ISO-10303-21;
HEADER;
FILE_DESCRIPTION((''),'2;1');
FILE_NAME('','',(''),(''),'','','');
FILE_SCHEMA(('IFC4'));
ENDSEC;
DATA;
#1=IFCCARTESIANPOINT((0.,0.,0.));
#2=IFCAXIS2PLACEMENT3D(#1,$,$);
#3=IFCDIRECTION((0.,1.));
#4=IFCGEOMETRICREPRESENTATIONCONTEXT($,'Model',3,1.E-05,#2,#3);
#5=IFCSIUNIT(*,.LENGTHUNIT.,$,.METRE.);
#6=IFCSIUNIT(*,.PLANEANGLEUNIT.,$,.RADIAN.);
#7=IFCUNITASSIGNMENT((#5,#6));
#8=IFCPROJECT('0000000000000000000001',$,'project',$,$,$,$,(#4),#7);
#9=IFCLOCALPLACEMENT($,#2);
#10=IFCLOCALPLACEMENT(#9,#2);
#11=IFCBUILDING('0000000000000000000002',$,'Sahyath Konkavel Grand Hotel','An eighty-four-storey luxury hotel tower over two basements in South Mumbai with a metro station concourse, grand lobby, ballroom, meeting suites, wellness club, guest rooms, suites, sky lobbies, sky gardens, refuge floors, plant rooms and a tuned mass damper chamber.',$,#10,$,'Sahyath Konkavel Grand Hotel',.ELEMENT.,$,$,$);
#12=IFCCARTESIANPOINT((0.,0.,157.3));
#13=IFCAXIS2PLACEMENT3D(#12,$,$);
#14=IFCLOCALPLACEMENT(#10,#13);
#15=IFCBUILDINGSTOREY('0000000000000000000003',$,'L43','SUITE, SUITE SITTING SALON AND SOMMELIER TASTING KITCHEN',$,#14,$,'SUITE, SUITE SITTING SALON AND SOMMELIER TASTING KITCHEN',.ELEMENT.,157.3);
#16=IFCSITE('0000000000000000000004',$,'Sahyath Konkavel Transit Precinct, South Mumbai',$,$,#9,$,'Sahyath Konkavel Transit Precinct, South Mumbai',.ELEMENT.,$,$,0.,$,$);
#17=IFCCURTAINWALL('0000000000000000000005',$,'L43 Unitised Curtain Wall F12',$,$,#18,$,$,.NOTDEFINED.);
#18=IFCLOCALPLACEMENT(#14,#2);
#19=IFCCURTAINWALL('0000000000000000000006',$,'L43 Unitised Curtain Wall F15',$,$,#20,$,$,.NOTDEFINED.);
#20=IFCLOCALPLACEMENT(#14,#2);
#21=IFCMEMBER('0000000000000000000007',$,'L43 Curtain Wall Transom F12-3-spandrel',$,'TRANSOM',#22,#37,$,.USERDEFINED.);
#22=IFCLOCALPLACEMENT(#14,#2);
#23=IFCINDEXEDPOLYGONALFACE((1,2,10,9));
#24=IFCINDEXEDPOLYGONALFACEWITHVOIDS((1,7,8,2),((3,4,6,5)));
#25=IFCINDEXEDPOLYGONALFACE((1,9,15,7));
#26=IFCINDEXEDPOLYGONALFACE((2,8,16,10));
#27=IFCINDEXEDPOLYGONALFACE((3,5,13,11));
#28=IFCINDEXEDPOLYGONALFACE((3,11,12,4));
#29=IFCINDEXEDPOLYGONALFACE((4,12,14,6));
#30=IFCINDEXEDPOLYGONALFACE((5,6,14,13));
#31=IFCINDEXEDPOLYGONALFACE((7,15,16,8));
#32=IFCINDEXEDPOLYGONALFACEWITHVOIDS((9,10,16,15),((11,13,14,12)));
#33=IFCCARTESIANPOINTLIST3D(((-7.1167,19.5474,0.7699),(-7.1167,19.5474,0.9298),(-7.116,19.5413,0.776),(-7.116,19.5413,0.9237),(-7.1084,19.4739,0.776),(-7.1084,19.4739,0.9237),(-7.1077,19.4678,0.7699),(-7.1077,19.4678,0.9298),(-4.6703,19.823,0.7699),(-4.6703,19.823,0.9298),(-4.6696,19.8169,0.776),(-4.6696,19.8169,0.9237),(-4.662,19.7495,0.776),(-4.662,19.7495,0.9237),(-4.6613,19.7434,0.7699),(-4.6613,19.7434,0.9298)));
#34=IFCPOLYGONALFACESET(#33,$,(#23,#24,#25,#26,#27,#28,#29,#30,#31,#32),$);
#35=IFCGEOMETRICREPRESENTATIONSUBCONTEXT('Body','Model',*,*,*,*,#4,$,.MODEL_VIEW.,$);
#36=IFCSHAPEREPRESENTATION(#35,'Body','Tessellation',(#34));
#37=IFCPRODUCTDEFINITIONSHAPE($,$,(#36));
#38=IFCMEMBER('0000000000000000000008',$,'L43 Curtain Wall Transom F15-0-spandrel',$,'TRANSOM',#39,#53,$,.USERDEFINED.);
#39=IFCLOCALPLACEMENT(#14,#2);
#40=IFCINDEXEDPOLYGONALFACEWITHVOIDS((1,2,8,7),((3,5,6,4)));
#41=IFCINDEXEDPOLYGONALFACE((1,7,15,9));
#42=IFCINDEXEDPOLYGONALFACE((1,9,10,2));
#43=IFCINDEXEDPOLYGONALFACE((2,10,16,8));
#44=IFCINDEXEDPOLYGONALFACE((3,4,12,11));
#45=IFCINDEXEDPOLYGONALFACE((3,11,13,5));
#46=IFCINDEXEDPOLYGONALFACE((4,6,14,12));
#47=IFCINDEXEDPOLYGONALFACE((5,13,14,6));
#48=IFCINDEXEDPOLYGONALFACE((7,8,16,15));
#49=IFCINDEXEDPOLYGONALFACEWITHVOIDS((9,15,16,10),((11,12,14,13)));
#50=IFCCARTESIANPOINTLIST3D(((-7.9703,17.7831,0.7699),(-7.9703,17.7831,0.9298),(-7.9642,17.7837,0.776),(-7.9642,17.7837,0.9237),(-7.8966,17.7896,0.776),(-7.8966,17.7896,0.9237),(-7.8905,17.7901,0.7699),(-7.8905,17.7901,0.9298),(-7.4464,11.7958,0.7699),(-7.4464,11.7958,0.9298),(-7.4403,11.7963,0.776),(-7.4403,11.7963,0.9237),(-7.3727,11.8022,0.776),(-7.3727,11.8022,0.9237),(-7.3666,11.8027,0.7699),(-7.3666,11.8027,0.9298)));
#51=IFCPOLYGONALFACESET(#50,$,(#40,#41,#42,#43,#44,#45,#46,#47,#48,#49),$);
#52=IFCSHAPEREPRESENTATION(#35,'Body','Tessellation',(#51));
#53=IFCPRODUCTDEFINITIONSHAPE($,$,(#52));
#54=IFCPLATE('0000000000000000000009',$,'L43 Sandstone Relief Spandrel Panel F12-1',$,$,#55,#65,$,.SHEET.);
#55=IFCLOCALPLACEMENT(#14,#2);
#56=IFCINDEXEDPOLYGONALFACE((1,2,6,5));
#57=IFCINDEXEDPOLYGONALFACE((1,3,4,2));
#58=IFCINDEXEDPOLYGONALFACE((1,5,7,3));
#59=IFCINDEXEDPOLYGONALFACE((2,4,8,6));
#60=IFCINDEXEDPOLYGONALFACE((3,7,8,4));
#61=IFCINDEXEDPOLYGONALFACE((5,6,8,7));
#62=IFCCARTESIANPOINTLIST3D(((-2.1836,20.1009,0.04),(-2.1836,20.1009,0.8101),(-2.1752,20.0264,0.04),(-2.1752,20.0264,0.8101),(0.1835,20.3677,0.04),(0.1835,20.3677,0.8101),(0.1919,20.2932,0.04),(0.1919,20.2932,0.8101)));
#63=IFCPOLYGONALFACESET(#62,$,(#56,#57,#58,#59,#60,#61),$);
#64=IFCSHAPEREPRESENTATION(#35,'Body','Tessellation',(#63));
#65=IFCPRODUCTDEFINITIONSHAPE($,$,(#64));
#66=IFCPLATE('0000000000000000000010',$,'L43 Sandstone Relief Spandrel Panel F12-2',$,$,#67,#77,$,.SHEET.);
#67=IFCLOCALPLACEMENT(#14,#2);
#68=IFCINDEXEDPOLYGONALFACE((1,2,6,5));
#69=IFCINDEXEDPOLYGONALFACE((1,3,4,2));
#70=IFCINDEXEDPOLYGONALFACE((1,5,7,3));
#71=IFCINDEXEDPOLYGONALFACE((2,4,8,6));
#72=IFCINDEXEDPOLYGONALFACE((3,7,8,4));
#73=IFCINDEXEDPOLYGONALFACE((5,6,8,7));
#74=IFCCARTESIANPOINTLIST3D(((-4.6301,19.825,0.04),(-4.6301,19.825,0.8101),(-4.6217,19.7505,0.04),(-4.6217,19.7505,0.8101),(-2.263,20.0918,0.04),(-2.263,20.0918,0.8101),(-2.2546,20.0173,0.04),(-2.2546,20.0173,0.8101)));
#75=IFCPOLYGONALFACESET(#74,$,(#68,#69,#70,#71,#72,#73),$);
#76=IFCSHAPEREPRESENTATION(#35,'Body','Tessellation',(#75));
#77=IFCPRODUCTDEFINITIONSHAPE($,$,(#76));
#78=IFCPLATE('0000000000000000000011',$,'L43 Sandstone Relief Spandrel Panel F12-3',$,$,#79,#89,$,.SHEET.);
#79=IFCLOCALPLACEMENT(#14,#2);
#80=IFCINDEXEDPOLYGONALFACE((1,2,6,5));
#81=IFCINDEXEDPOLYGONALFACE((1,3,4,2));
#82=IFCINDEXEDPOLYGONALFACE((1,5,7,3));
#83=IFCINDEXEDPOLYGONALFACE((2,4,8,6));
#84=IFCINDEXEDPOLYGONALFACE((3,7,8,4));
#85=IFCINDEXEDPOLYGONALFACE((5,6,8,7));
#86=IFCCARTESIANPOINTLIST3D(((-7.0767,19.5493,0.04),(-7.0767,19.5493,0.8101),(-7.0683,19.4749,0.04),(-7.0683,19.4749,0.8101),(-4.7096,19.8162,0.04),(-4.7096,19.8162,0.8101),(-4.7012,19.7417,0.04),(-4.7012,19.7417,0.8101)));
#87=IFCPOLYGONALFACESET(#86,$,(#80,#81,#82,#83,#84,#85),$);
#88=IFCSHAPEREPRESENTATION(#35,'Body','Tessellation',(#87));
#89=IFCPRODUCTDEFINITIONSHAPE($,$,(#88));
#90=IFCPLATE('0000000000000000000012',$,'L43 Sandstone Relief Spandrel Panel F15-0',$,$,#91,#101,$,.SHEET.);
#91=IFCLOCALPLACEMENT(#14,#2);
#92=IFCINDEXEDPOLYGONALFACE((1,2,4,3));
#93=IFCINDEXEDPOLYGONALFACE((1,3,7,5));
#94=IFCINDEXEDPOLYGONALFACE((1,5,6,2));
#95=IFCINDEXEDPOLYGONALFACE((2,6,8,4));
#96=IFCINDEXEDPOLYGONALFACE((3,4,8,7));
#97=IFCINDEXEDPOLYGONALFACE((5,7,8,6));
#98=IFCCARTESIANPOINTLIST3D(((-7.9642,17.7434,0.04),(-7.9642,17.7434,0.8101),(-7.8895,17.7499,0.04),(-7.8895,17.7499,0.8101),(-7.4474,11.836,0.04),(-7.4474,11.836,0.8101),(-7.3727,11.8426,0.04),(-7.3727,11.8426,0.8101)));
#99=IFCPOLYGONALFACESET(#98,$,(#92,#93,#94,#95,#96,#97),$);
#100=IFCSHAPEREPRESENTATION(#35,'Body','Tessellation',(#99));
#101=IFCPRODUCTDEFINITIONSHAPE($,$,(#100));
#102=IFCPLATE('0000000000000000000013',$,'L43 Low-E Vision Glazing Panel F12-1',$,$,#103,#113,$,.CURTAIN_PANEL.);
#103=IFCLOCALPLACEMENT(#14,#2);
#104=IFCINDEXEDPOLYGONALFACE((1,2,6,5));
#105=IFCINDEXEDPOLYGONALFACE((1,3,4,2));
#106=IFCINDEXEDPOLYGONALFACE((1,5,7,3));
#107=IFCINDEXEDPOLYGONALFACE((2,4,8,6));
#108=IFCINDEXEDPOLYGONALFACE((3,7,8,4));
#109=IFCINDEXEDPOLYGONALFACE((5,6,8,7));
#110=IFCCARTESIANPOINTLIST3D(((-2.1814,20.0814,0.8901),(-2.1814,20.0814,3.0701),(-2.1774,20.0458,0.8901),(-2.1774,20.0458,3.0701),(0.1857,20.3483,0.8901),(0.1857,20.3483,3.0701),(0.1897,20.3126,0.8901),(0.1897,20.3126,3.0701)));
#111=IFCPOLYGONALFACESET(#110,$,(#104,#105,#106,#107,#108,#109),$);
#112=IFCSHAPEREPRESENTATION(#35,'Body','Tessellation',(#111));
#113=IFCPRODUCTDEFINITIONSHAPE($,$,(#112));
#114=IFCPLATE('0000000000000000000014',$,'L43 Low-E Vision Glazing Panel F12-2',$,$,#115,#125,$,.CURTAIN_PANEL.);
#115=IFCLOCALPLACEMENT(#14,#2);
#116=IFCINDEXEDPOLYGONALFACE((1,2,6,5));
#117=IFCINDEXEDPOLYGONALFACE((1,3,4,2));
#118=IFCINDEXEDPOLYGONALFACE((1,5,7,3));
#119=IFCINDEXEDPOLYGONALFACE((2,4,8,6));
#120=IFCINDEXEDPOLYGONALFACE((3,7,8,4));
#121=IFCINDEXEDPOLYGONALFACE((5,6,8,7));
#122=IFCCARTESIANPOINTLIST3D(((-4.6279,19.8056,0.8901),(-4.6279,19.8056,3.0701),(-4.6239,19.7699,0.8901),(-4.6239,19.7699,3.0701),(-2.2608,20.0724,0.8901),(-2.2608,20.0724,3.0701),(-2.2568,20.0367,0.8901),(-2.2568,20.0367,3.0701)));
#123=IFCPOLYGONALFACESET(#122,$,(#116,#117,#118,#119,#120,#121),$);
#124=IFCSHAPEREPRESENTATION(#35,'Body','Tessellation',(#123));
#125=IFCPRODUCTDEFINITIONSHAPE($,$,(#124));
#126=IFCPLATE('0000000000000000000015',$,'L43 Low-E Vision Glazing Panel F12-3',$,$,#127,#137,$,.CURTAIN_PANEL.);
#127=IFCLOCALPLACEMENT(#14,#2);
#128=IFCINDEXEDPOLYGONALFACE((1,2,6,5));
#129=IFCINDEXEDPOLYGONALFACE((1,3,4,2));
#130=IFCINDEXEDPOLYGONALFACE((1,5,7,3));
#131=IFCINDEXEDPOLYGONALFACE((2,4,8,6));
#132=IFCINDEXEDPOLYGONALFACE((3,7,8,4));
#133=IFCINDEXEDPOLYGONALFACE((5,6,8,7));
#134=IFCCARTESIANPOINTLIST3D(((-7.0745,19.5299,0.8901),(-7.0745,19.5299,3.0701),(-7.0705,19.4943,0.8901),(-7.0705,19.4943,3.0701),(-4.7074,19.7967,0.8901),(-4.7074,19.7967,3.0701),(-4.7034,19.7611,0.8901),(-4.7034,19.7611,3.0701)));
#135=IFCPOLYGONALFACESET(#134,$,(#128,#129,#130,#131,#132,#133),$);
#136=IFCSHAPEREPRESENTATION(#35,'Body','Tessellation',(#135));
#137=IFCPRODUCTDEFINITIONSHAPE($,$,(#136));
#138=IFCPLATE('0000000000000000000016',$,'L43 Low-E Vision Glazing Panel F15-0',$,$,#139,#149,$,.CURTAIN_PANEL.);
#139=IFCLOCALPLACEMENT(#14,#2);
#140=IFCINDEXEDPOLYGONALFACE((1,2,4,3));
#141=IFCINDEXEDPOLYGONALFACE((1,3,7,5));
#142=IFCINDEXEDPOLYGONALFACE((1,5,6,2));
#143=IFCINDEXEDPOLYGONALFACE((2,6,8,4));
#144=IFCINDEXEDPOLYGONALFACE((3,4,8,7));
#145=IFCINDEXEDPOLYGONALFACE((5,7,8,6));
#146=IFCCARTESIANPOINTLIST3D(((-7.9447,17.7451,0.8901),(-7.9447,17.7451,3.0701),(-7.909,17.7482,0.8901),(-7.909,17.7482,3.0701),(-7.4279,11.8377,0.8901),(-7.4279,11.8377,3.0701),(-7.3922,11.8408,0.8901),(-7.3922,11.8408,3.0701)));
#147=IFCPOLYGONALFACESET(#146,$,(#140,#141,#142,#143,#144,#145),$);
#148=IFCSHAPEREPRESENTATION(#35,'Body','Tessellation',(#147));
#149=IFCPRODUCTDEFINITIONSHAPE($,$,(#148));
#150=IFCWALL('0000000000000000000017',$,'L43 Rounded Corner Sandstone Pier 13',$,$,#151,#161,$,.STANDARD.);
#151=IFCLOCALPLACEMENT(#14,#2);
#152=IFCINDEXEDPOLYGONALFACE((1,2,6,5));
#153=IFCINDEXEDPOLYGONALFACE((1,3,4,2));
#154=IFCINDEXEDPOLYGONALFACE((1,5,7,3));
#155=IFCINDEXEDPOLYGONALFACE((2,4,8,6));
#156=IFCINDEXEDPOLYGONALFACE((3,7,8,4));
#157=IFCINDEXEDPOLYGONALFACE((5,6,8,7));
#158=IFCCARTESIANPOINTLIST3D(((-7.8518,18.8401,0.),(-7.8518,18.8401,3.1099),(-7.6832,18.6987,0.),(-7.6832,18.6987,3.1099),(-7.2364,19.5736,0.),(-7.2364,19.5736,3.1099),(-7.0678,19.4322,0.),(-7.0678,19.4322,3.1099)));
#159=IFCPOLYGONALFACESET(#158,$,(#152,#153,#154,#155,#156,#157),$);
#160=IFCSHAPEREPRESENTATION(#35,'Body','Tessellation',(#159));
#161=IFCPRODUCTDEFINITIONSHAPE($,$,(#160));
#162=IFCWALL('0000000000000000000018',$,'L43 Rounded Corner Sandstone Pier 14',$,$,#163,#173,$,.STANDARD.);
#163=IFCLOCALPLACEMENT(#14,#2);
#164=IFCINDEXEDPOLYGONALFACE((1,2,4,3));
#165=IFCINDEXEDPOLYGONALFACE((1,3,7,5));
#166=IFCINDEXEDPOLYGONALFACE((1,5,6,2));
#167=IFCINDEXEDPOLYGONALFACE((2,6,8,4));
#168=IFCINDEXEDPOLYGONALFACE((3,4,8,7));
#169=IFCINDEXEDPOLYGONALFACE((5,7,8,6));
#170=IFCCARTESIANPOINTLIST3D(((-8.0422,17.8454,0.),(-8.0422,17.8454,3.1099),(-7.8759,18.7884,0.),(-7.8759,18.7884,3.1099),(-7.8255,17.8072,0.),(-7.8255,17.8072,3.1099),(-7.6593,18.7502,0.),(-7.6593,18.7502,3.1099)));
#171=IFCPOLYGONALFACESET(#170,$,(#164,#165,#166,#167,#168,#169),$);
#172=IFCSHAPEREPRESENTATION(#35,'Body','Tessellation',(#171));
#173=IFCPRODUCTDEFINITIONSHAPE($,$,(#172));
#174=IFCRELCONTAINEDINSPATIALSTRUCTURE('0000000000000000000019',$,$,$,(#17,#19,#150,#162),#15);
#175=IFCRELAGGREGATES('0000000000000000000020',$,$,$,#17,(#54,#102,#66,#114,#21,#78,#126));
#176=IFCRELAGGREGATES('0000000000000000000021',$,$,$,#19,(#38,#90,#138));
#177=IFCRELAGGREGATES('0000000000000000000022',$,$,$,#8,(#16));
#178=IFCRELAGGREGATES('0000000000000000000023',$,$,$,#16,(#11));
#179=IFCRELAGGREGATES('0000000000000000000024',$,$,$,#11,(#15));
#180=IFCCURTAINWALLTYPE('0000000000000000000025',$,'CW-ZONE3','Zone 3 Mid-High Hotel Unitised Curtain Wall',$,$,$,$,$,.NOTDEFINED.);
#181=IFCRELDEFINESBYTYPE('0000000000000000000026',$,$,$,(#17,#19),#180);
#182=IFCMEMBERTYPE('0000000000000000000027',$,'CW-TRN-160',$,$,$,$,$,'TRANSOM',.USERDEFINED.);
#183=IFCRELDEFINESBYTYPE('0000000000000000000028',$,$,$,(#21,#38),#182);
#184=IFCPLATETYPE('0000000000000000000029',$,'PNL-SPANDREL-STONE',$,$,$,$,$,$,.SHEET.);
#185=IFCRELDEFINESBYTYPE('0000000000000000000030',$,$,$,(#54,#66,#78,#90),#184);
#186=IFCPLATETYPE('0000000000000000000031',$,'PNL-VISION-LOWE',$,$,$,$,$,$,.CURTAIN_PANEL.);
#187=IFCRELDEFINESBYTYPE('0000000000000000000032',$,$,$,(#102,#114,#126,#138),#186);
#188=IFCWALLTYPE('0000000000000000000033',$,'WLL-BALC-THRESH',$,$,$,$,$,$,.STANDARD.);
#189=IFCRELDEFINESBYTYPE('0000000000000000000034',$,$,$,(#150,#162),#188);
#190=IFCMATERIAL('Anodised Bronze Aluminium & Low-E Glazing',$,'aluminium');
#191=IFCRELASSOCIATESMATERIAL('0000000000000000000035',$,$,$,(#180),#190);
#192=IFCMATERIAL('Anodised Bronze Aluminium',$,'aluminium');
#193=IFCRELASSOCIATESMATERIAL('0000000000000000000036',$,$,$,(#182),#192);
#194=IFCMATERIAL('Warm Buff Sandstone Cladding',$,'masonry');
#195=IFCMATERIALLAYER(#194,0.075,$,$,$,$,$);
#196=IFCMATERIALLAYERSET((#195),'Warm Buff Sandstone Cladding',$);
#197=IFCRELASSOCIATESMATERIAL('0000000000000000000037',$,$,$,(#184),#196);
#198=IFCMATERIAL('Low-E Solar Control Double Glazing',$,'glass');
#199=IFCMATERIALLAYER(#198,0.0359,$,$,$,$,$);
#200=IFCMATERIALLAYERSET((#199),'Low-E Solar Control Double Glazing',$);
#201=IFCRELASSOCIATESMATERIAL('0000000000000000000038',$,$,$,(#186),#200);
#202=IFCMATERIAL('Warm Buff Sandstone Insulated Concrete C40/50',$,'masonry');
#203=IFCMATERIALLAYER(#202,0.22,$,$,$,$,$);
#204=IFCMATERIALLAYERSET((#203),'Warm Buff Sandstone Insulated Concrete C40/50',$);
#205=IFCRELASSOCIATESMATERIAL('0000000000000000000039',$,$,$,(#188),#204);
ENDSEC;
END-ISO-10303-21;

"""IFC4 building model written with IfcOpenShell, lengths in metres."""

from ifc_helpers import new_model, si_unit, direction, frame, frame_2d, origin, origin_2d, place, context, subcontext, project, spatial, rectangle, hollow_rectangle, extrude, source, transform, mapped, material, layer, layer_set, material_profile, profile_set, type_object, element, aggregate, save


model = new_model("IFC4")

# Units and contexts
model_context = context("Model", 3, precision=1e-05, world=origin(), true_north=direction((0.0, 1.0)))
body_context = subcontext(model_context, "Body", "Model", "MODEL_VIEW")
ifc_project = project(units=[si_unit("LENGTHUNIT", "METRE"), si_unit("PLANEANGLEUNIT", "RADIAN")], contexts=[model_context])

# Site, building, storey
site_placement = place(None, origin())
site = spatial("IfcSite", under=ifc_project, at=site_placement, Name="Sahyath Konkavel Transit Precinct, South Mumbai", LongName="Sahyath Konkavel Transit Precinct, South Mumbai", CompositionType="ELEMENT", RefElevation=0.0)
building_placement = place(site_placement, origin())
building = spatial("IfcBuilding", under=site, at=building_placement, Name="Sahyath Konkavel Grand Hotel", Description="An eighty-four-storey luxury hotel tower over two basements in South Mumbai with a metro station concourse, grand lobby, ballroom, meeting suites, wellness club, guest rooms, suites, sky lobbies, sky gardens, refuge floors, plant rooms and a tuned mass damper chamber.", LongName="Sahyath Konkavel Grand Hotel", CompositionType="ELEMENT")
storey_placement = place(building_placement, frame((0.0, 0.0, 157.3)))
storey = spatial("IfcBuildingStorey", under=building, at=storey_placement, Name="L43", Description="SUITE, SUITE SITTING SALON AND SOMMELIER TASTING KITCHEN", LongName="SUITE, SUITE SITTING SALON AND SOMMELIER TASTING KITCHEN", CompositionType="ELEMENT", Elevation=157.3)

# Curtain wall
ifc_material_1 = material(Name="Anodised Bronze Aluminium & Low-E Glazing", Category="aluminium")
curtain_wall_type = type_object("IfcCurtainWallType", Name="CW-ZONE3", Description="Zone 3 Mid-High Hotel Unitised Curtain Wall", PredefinedType="NOTDEFINED", material=ifc_material_1)
curtain_wall_1_placement = place(storey_placement, origin())
curtain_wall_1 = element("IfcCurtainWall", 1, at=curtain_wall_1_placement, inside=storey, type_object=curtain_wall_type, Name="L43 Unitised Curtain Wall F12", PredefinedType="NOTDEFINED")
ifc_material_2 = material(Name="Anodised Bronze Aluminium", Category="aluminium")

# Curtain wall
curtain_wall_2_placement = place(storey_placement, origin())
curtain_wall_2 = element("IfcCurtainWall", 2, at=curtain_wall_2_placement, inside=storey, type_object=curtain_wall_type, Name="L43 Unitised Curtain Wall F15", PredefinedType="NOTDEFINED")

# Members
ifc_material_profile_1 = material_profile(ifc_material_2, hollow_rectangle(XDim=0.0801, YDim=0.1599, WallThickness=0.0061, at=origin_2d()), Name="RHS 160x80x6")
ifc_profile_set_1 = profile_set([ifc_material_profile_1], Name="Anodised Bronze Aluminium")
member_type_1 = type_object("IfcMemberType", Name="CW-TRN-160", ElementType="TRANSOM", PredefinedType="USERDEFINED", material=ifc_profile_set_1)
shared_shape_1 = source(origin(), body_context, "Body", "SweptSolid", [
    extrude(hollow_rectangle(XDim=0.0801, YDim=0.1599, WallThickness=0.0061, at=origin_2d()), origin(), (0.0, 0.0, 1.0), 2.4619),
])
member_1_placement = place(storey_placement, frame((-4.6658, 19.7832, 0.8499), z_axis=(-0.993713, -0.111955, 0.0), x_axis=(0.111955, -0.993713, 0.0)))
member_1 = element("IfcMember", 3, at=member_1_placement, type_object=member_type_1, Name="L43 Curtain Wall Transom F12-3-spandrel", ObjectType="TRANSOM", PredefinedType="USERDEFINED", context=body_context, shape_type="MappedRepresentation", body=[
    mapped(shared_shape_1, transform((0.0, 0.0, 0.0), scale=1.0)),
])
shared_shape_2 = source(origin(), body_context, "Body", "SweptSolid", [
    extrude(hollow_rectangle(XDim=0.0801, YDim=0.1599, WallThickness=0.0061, at=origin_2d()), origin(), (0.0, 0.0, 1.0), 6.0103),
])
member_2_placement = place(storey_placement, frame((-7.9304, 17.7866, 0.8499), z_axis=(0.087173, -0.996193, 0.0), x_axis=(0.996193, 0.087173, 0.0)))
member_2 = element("IfcMember", 4, at=member_2_placement, type_object=member_type_1, Name="L43 Curtain Wall Transom F15-0-spandrel", ObjectType="TRANSOM", PredefinedType="USERDEFINED", context=body_context, shape_type="MappedRepresentation", body=[
    mapped(shared_shape_2, transform((0.0, 0.0, 0.0), scale=1.0)),
])

# Plates
ifc_material_3 = material(Name="Warm Buff Sandstone Cladding", Category="masonry")
ifc_layer_1 = layer(ifc_material_3, 0.075)
ifc_layer_set_1 = layer_set([ifc_layer_1], Name="Warm Buff Sandstone Cladding")
plate_type_1 = type_object("IfcPlateType", Name="PNL-SPANDREL-STONE", PredefinedType="SHEET", material=ifc_layer_set_1)
shared_shape_3 = source(origin(), body_context, "Body", "SweptSolid", [
    extrude(rectangle(XDim=2.3821, YDim=0.075, at=origin_2d()), origin(), (0.0, 0.0, 1.0), 0.77),
])
plate_1_placement = place(storey_placement, frame((-0.9958, 20.197, 0.04), z_axis=(0.0, 0.0, 1.0), x_axis=(-0.993707, -0.112007, 0.0)))
plate_1 = element("IfcPlate", 5, at=plate_1_placement, type_object=plate_type_1, Name="L43 Sandstone Relief Spandrel Panel F12-1", PredefinedType="SHEET", context=body_context, shape_type="MappedRepresentation", body=[
    mapped(shared_shape_3, transform((0.0, 0.0, 0.0), scale=1.0)),
])
plate_2_placement = place(storey_placement, frame((-3.4424, 19.9211, 0.04), z_axis=(0.0, 0.0, 1.0), x_axis=(-0.993707, -0.112007, 0.0)))
plate_2 = element("IfcPlate", 6, at=plate_2_placement, type_object=plate_type_1, Name="L43 Sandstone Relief Spandrel Panel F12-2", PredefinedType="SHEET", context=body_context, shape_type="MappedRepresentation", body=[
    mapped(shared_shape_3, transform((0.0, 0.0, 0.0), scale=1.0)),
])
plate_3_placement = place(storey_placement, frame((-5.8889, 19.6455, 0.04), z_axis=(0.0, 0.0, 1.0), x_axis=(-0.993707, -0.112007, 0.0)))
plate_3 = element("IfcPlate", 7, at=plate_3_placement, type_object=plate_type_1, Name="L43 Sandstone Relief Spandrel Panel F12-3", PredefinedType="SHEET", context=body_context, shape_type="MappedRepresentation", body=[
    mapped(shared_shape_3, transform((0.0, 0.0, 0.0), scale=1.0)),
])
shared_shape_4 = source(origin(), body_context, "Body", "SweptSolid", [
    extrude(rectangle(XDim=5.9299, YDim=0.075, at=origin_2d()), origin(), (0.0, 0.0, 1.0), 0.77),
])
plate_4_placement = place(storey_placement, frame((-7.6685, 14.793, 0.04), z_axis=(0.0, 0.0, 1.0), x_axis=(0.087156, -0.996195, 0.0)))
plate_4 = element("IfcPlate", 8, at=plate_4_placement, type_object=plate_type_1, Name="L43 Sandstone Relief Spandrel Panel F15-0", PredefinedType="SHEET", context=body_context, shape_type="MappedRepresentation", body=[
    mapped(shared_shape_4, transform((0.0, 0.0, 0.0), scale=1.0)),
])
ifc_material_4 = material(Name="Low-E Solar Control Double Glazing", Category="glass")
ifc_layer_2 = layer(ifc_material_4, 0.0359)
ifc_layer_set_2 = layer_set([ifc_layer_2], Name="Low-E Solar Control Double Glazing")
plate_type_2 = type_object("IfcPlateType", Name="PNL-VISION-LOWE", PredefinedType="CURTAIN_PANEL", material=ifc_layer_set_2)
shared_shape_5 = source(origin(), body_context, "Body", "SweptSolid", [
    extrude(rectangle(XDim=2.3821, YDim=0.0359, at=origin_2d()), origin(), (0.0, 0.0, 1.0), 2.1799),
])
plate_5_placement = place(storey_placement, frame((-0.9958, 20.197, 0.8901), z_axis=(0.0, 0.0, 1.0), x_axis=(-0.993707, -0.112007, 0.0)))
plate_5 = element("IfcPlate", 9, at=plate_5_placement, type_object=plate_type_2, Name="L43 Low-E Vision Glazing Panel F12-1", PredefinedType="CURTAIN_PANEL", context=body_context, shape_type="MappedRepresentation", body=[
    mapped(shared_shape_5, transform((0.0, 0.0, 0.0), scale=1.0)),
])
plate_6_placement = place(storey_placement, frame((-3.4424, 19.9211, 0.8901), z_axis=(0.0, 0.0, 1.0), x_axis=(-0.993707, -0.112007, 0.0)))
plate_6 = element("IfcPlate", 10, at=plate_6_placement, type_object=plate_type_2, Name="L43 Low-E Vision Glazing Panel F12-2", PredefinedType="CURTAIN_PANEL", context=body_context, shape_type="MappedRepresentation", body=[
    mapped(shared_shape_5, transform((0.0, 0.0, 0.0), scale=1.0)),
])
plate_7_placement = place(storey_placement, frame((-5.8889, 19.6455, 0.8901), z_axis=(0.0, 0.0, 1.0), x_axis=(-0.993707, -0.112007, 0.0)))
plate_7 = element("IfcPlate", 11, at=plate_7_placement, type_object=plate_type_2, Name="L43 Low-E Vision Glazing Panel F12-3", PredefinedType="CURTAIN_PANEL", context=body_context, shape_type="MappedRepresentation", body=[
    mapped(shared_shape_5, transform((0.0, 0.0, 0.0), scale=1.0)),
])
aggregate(curtain_wall_1, [plate_1, plate_5, plate_2, plate_6, member_1, plate_3, plate_7])
shared_shape_6 = source(origin(), body_context, "Body", "SweptSolid", [
    extrude(rectangle(XDim=5.9299, YDim=0.0359, at=origin_2d()), origin(), (0.0, 0.0, 1.0), 2.1799),
])
plate_8_placement = place(storey_placement, frame((-7.6685, 14.793, 0.8901), z_axis=(0.0, 0.0, 1.0), x_axis=(0.087156, -0.996195, 0.0)))
plate_8 = element("IfcPlate", 12, at=plate_8_placement, type_object=plate_type_2, Name="L43 Low-E Vision Glazing Panel F15-0", PredefinedType="CURTAIN_PANEL", context=body_context, shape_type="MappedRepresentation", body=[
    mapped(shared_shape_6, transform((0.0, 0.0, 0.0), scale=1.0)),
])
aggregate(curtain_wall_2, [member_2, plate_4, plate_8])

# Walls
ifc_material_5 = material(Name="Warm Buff Sandstone Insulated Concrete C40/50", Category="masonry")
ifc_layer_3 = layer(ifc_material_5, 0.22)
ifc_layer_set_3 = layer_set([ifc_layer_3], Name="Warm Buff Sandstone Insulated Concrete C40/50")
wall_type_1 = type_object("IfcWallType", Name="WLL-BALC-THRESH", PredefinedType="STANDARD", material=ifc_layer_set_3)
for number, where, z_axis, x_axis, name in (
    (13, (-7.1521, 19.5029, 0.0), (0.0, 0.0, 1.0), (-0.642714, -0.766107, 0.0), "L43 Rounded Corner Sandstone Pier 13"),
    (14, (-7.7676, 18.7693, 0.0), (0.0, 0.0, 1.0), (-0.173654, -0.984807, 0.0), "L43 Rounded Corner Sandstone Pier 14"),
):
    element("IfcWall", number, at=place(storey_placement, frame(where, z_axis=z_axis, x_axis=x_axis)), inside=storey, type_object=wall_type_1, Name=name, PredefinedType="STANDARD", context=body_context, shape_type="SweptSolid", body=[
        extrude(rectangle(XDim=0.9575, YDim=0.22, at=frame_2d((0.4788, 0.0))), origin(), (0.0, 0.0, 1.0), 3.1099),
    ])

save(model, "model.ifc")
